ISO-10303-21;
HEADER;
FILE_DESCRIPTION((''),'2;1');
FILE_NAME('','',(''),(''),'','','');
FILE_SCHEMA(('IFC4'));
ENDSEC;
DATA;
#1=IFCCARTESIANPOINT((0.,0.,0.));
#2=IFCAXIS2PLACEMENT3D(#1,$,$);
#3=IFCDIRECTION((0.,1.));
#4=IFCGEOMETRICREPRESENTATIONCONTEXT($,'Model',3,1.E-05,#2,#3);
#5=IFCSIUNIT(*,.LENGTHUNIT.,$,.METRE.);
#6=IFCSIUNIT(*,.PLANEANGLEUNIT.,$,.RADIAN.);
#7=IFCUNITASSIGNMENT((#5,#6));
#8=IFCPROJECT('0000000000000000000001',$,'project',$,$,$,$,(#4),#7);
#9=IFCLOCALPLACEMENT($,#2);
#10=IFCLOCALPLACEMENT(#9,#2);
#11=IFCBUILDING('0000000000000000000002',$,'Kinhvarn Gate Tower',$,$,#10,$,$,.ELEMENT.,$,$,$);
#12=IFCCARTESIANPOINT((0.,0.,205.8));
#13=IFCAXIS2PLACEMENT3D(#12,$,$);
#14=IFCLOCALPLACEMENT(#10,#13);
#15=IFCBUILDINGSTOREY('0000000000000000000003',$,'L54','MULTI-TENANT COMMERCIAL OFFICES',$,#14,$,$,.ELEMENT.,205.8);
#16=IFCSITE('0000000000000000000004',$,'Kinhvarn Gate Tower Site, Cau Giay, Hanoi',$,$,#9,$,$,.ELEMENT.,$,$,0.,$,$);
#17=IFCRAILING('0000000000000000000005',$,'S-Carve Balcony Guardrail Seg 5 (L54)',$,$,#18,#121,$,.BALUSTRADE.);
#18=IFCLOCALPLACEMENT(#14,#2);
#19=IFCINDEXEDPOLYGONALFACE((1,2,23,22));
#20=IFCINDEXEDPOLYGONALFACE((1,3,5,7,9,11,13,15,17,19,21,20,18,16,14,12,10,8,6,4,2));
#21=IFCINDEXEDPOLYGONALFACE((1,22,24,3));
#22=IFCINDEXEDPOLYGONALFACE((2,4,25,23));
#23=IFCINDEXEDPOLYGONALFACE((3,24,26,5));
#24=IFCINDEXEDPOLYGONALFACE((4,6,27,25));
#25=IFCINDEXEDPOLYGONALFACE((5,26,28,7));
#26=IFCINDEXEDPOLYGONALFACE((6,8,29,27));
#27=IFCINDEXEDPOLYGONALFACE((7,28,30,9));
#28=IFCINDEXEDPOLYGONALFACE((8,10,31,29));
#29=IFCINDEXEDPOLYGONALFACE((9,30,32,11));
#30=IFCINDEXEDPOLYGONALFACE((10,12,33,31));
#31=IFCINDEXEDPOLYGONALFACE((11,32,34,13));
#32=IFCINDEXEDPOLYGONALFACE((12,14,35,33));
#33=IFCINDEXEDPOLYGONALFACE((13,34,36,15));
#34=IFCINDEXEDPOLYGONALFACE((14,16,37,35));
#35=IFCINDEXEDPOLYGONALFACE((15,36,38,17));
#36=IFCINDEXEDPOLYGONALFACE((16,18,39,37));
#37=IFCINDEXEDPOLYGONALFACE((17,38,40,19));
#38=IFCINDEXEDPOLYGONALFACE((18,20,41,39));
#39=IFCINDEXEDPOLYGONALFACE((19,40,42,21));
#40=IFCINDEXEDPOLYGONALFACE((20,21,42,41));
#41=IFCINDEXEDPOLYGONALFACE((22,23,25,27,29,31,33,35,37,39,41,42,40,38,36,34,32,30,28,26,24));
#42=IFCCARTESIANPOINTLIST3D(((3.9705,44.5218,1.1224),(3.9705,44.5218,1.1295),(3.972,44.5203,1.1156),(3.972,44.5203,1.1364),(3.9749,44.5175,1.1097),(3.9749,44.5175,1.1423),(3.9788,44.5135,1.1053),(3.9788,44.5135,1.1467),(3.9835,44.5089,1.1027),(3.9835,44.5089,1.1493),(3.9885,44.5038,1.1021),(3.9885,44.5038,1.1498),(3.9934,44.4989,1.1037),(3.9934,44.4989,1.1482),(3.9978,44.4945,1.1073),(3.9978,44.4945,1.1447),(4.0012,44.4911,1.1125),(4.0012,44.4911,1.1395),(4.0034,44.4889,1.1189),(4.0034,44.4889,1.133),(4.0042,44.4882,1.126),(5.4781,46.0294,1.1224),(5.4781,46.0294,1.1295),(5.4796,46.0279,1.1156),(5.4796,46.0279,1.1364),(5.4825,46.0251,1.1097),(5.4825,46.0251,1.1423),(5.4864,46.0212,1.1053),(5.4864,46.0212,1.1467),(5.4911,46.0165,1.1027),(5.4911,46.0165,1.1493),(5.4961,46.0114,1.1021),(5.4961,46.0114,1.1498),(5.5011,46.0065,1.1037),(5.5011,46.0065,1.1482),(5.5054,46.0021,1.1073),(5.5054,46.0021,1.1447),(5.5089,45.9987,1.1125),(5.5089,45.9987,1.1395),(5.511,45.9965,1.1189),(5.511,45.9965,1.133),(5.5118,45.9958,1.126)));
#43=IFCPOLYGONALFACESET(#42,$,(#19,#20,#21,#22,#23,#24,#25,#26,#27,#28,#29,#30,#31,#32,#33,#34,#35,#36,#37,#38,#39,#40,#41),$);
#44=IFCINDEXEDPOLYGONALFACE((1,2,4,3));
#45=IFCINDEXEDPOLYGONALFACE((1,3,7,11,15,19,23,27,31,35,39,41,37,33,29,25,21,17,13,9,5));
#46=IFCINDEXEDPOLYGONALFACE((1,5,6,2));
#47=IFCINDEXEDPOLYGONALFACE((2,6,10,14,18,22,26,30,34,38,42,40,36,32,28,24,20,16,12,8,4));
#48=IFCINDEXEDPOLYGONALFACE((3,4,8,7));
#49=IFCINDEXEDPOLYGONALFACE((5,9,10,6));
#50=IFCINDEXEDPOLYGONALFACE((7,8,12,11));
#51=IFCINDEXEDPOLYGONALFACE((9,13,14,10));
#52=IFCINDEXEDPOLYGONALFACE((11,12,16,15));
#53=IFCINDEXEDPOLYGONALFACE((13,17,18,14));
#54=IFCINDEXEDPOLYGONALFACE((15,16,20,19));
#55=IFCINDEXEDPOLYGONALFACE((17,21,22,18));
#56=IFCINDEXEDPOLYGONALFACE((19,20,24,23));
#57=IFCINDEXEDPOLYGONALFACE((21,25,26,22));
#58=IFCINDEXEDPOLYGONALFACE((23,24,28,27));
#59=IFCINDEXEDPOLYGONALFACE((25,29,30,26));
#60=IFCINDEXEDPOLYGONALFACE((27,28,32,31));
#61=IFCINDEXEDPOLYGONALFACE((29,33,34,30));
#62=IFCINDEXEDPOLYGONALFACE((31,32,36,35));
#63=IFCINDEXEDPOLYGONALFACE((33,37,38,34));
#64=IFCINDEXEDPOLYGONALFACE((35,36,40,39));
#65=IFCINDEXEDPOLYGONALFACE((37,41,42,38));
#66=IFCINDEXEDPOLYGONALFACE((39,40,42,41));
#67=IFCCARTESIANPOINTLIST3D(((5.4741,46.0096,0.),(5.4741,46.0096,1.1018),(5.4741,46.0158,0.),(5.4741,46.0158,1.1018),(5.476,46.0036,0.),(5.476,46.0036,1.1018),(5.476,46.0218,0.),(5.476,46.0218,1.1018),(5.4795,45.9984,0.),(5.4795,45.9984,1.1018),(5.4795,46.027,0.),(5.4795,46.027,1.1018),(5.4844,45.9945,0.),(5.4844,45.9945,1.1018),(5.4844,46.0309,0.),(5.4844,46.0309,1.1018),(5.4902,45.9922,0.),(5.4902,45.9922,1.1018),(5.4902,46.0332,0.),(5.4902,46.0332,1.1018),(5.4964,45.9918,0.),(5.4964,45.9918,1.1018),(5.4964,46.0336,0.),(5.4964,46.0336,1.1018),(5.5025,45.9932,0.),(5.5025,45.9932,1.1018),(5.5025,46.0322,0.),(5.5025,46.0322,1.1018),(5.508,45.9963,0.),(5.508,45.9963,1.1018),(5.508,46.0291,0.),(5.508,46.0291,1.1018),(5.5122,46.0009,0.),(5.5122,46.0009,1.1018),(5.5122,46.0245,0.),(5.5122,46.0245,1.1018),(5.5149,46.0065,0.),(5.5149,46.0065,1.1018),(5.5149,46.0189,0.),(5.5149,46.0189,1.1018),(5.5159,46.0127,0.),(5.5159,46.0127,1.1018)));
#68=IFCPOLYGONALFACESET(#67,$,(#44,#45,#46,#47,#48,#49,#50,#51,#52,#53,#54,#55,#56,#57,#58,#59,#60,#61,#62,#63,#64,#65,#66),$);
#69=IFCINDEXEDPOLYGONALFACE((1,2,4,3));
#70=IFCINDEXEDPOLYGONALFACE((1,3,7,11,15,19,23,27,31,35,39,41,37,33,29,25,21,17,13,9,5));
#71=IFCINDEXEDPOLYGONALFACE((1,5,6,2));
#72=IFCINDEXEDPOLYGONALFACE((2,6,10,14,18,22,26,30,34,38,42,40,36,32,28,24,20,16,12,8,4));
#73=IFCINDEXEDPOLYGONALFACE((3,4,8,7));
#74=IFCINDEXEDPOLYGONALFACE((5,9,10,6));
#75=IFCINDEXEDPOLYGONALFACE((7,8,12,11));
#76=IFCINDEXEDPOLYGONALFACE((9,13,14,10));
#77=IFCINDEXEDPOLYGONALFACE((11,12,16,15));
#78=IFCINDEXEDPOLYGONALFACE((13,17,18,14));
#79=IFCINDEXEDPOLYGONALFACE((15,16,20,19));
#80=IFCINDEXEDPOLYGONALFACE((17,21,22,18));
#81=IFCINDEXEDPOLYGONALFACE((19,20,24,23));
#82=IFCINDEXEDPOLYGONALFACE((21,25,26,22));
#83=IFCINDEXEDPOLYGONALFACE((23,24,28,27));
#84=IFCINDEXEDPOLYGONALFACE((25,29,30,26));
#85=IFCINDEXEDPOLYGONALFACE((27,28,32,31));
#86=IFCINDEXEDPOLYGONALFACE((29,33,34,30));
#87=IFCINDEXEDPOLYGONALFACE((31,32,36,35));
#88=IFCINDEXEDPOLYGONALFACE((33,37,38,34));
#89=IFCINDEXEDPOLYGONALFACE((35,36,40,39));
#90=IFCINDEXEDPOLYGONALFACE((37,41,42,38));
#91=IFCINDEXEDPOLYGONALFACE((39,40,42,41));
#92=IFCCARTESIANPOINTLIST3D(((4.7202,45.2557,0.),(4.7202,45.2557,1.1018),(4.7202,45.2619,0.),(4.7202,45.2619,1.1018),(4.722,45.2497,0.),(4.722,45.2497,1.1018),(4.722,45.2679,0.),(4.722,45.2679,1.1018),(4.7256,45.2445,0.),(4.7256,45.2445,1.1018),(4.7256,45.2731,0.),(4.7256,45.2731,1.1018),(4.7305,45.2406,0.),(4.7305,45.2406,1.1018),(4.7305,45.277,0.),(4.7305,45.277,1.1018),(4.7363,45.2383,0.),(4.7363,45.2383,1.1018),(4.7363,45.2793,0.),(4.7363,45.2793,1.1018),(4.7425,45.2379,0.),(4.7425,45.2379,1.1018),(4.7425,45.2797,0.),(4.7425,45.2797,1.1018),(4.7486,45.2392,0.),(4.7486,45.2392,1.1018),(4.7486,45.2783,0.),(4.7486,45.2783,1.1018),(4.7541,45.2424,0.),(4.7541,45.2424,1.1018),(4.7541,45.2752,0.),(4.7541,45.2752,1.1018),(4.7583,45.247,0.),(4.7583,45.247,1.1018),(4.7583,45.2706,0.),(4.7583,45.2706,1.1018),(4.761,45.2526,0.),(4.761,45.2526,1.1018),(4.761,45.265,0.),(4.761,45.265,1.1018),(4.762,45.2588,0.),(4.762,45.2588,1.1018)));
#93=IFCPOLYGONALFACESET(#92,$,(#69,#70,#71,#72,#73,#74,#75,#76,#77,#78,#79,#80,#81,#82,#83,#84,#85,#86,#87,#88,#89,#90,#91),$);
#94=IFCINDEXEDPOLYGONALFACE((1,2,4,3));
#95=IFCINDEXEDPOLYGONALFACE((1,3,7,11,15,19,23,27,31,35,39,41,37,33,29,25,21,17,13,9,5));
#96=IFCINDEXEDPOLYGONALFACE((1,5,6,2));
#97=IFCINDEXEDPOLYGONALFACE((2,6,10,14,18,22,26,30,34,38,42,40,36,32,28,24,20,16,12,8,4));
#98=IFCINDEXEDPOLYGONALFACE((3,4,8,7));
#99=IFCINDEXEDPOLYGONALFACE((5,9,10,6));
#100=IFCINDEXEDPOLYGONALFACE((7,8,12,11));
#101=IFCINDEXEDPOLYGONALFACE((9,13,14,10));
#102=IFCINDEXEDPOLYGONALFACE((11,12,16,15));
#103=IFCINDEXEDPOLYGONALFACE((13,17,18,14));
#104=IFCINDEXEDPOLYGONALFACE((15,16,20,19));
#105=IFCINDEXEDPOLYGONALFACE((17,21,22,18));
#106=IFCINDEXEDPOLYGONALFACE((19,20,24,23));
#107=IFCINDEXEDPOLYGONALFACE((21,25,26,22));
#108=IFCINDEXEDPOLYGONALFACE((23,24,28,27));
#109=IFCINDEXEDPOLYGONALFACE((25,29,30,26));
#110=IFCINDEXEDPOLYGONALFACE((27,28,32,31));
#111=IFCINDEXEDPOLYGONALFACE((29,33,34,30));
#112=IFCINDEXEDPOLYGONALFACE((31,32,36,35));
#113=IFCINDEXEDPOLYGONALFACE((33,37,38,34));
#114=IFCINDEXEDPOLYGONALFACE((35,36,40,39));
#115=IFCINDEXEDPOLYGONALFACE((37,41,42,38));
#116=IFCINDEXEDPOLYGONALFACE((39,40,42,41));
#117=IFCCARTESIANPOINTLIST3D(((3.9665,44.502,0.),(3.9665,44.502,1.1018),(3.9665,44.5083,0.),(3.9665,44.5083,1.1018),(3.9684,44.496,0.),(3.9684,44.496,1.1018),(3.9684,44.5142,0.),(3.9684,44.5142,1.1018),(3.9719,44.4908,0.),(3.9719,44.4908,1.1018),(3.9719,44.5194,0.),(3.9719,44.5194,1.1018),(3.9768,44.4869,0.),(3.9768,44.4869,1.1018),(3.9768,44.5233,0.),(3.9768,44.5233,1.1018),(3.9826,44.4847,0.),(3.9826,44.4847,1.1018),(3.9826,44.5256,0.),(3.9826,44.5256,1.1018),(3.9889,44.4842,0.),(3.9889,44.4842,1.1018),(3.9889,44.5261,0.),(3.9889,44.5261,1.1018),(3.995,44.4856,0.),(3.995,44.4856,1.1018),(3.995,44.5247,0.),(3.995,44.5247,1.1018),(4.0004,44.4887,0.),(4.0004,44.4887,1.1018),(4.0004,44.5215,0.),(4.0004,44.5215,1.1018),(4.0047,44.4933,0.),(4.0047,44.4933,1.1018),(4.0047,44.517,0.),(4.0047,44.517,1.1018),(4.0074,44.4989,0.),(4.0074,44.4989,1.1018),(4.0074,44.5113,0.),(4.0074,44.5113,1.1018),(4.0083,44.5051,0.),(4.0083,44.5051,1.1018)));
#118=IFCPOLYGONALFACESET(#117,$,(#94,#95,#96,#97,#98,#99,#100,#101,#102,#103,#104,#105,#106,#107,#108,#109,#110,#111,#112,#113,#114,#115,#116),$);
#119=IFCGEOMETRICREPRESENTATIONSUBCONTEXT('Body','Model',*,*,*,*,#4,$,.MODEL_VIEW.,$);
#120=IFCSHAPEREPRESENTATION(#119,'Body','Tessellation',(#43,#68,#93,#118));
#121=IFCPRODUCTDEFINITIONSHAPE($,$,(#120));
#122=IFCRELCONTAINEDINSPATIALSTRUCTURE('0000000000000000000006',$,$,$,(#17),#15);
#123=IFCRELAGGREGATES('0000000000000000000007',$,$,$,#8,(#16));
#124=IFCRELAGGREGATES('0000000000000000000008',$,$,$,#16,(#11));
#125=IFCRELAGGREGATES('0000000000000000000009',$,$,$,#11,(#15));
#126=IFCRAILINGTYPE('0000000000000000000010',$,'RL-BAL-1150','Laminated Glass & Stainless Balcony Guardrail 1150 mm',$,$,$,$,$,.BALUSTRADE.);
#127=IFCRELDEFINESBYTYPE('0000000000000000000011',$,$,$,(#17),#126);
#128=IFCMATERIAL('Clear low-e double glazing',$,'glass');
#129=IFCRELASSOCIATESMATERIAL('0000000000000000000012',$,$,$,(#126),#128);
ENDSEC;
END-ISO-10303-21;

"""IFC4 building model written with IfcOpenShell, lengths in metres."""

from ifc_helpers import new_model, si_unit, direction, frame, origin, origin_2d, place, context, subcontext, project, spatial, circle, extrude, material, type_object, element, save


model = new_model("IFC4")

# Units and contexts
model_context = context("Model", 3, precision=1e-05, world=origin(), true_north=direction((0.0, 1.0)))
body_context = subcontext(model_context, "Body", "Model", "MODEL_VIEW")
ifc_project = project(units=[si_unit("LENGTHUNIT", "METRE"), si_unit("PLANEANGLEUNIT", "RADIAN")], contexts=[model_context])

# Site, building, storey
site_placement = place(None, origin())
site = spatial("IfcSite", under=ifc_project, at=site_placement, Name="Kinhvarn Gate Tower Site, Cau Giay, Hanoi", CompositionType="ELEMENT", RefElevation=0.0)
building_placement = place(site_placement, origin())
building = spatial("IfcBuilding", under=site, at=building_placement, Name="Kinhvarn Gate Tower", CompositionType="ELEMENT")
storey_placement = place(building_placement, frame((0.0, 0.0, 205.8)))
storey = spatial("IfcBuildingStorey", under=building, at=storey_placement, Name="L54", Description="MULTI-TENANT COMMERCIAL OFFICES", CompositionType="ELEMENT", Elevation=205.8)

# Shared definitions
ifc_material_1 = material(Name="Clear low-e double glazing", Category="glass")

# Railing
railing_type = type_object("IfcRailingType", Name="RL-BAL-1150", Description="Laminated Glass & Stainless Balcony Guardrail 1150 mm", PredefinedType="BALUSTRADE", material=ifc_material_1)
railing_1_placement = place(storey_placement, frame((5.4949, 46.0127, 0.0)))
element("IfcRailing", 1, at=railing_1_placement, inside=storey, type_object=railing_type, Name="S-Carve Balcony Guardrail Seg 5 (L54)", PredefinedType="BALUSTRADE", context=body_context, shape_type="SweptSolid", body=[
    extrude(circle(Radius=0.0239, at=origin_2d()), frame((0.0, 0.0, 1.126), z_axis=(-0.707107, -0.707107, 0.0), x_axis=(0.707107, -0.707107, 0.0)), (0.0, 0.0, 1.0), 2.1321),
    extrude(circle(Radius=0.021, at=origin_2d()), origin(), (0.0, 0.0, 1.0), 1.1018),
    extrude(circle(Radius=0.021, at=origin_2d()), frame((-0.7539, -0.7539, 0.0)), (0.0, 0.0, 1.0), 1.1018),
    extrude(circle(Radius=0.021, at=origin_2d()), frame((-1.5076, -1.5076, 0.0)), (0.0, 0.0, 1.0), 1.1018),
])

save(model, "model.ifc")
